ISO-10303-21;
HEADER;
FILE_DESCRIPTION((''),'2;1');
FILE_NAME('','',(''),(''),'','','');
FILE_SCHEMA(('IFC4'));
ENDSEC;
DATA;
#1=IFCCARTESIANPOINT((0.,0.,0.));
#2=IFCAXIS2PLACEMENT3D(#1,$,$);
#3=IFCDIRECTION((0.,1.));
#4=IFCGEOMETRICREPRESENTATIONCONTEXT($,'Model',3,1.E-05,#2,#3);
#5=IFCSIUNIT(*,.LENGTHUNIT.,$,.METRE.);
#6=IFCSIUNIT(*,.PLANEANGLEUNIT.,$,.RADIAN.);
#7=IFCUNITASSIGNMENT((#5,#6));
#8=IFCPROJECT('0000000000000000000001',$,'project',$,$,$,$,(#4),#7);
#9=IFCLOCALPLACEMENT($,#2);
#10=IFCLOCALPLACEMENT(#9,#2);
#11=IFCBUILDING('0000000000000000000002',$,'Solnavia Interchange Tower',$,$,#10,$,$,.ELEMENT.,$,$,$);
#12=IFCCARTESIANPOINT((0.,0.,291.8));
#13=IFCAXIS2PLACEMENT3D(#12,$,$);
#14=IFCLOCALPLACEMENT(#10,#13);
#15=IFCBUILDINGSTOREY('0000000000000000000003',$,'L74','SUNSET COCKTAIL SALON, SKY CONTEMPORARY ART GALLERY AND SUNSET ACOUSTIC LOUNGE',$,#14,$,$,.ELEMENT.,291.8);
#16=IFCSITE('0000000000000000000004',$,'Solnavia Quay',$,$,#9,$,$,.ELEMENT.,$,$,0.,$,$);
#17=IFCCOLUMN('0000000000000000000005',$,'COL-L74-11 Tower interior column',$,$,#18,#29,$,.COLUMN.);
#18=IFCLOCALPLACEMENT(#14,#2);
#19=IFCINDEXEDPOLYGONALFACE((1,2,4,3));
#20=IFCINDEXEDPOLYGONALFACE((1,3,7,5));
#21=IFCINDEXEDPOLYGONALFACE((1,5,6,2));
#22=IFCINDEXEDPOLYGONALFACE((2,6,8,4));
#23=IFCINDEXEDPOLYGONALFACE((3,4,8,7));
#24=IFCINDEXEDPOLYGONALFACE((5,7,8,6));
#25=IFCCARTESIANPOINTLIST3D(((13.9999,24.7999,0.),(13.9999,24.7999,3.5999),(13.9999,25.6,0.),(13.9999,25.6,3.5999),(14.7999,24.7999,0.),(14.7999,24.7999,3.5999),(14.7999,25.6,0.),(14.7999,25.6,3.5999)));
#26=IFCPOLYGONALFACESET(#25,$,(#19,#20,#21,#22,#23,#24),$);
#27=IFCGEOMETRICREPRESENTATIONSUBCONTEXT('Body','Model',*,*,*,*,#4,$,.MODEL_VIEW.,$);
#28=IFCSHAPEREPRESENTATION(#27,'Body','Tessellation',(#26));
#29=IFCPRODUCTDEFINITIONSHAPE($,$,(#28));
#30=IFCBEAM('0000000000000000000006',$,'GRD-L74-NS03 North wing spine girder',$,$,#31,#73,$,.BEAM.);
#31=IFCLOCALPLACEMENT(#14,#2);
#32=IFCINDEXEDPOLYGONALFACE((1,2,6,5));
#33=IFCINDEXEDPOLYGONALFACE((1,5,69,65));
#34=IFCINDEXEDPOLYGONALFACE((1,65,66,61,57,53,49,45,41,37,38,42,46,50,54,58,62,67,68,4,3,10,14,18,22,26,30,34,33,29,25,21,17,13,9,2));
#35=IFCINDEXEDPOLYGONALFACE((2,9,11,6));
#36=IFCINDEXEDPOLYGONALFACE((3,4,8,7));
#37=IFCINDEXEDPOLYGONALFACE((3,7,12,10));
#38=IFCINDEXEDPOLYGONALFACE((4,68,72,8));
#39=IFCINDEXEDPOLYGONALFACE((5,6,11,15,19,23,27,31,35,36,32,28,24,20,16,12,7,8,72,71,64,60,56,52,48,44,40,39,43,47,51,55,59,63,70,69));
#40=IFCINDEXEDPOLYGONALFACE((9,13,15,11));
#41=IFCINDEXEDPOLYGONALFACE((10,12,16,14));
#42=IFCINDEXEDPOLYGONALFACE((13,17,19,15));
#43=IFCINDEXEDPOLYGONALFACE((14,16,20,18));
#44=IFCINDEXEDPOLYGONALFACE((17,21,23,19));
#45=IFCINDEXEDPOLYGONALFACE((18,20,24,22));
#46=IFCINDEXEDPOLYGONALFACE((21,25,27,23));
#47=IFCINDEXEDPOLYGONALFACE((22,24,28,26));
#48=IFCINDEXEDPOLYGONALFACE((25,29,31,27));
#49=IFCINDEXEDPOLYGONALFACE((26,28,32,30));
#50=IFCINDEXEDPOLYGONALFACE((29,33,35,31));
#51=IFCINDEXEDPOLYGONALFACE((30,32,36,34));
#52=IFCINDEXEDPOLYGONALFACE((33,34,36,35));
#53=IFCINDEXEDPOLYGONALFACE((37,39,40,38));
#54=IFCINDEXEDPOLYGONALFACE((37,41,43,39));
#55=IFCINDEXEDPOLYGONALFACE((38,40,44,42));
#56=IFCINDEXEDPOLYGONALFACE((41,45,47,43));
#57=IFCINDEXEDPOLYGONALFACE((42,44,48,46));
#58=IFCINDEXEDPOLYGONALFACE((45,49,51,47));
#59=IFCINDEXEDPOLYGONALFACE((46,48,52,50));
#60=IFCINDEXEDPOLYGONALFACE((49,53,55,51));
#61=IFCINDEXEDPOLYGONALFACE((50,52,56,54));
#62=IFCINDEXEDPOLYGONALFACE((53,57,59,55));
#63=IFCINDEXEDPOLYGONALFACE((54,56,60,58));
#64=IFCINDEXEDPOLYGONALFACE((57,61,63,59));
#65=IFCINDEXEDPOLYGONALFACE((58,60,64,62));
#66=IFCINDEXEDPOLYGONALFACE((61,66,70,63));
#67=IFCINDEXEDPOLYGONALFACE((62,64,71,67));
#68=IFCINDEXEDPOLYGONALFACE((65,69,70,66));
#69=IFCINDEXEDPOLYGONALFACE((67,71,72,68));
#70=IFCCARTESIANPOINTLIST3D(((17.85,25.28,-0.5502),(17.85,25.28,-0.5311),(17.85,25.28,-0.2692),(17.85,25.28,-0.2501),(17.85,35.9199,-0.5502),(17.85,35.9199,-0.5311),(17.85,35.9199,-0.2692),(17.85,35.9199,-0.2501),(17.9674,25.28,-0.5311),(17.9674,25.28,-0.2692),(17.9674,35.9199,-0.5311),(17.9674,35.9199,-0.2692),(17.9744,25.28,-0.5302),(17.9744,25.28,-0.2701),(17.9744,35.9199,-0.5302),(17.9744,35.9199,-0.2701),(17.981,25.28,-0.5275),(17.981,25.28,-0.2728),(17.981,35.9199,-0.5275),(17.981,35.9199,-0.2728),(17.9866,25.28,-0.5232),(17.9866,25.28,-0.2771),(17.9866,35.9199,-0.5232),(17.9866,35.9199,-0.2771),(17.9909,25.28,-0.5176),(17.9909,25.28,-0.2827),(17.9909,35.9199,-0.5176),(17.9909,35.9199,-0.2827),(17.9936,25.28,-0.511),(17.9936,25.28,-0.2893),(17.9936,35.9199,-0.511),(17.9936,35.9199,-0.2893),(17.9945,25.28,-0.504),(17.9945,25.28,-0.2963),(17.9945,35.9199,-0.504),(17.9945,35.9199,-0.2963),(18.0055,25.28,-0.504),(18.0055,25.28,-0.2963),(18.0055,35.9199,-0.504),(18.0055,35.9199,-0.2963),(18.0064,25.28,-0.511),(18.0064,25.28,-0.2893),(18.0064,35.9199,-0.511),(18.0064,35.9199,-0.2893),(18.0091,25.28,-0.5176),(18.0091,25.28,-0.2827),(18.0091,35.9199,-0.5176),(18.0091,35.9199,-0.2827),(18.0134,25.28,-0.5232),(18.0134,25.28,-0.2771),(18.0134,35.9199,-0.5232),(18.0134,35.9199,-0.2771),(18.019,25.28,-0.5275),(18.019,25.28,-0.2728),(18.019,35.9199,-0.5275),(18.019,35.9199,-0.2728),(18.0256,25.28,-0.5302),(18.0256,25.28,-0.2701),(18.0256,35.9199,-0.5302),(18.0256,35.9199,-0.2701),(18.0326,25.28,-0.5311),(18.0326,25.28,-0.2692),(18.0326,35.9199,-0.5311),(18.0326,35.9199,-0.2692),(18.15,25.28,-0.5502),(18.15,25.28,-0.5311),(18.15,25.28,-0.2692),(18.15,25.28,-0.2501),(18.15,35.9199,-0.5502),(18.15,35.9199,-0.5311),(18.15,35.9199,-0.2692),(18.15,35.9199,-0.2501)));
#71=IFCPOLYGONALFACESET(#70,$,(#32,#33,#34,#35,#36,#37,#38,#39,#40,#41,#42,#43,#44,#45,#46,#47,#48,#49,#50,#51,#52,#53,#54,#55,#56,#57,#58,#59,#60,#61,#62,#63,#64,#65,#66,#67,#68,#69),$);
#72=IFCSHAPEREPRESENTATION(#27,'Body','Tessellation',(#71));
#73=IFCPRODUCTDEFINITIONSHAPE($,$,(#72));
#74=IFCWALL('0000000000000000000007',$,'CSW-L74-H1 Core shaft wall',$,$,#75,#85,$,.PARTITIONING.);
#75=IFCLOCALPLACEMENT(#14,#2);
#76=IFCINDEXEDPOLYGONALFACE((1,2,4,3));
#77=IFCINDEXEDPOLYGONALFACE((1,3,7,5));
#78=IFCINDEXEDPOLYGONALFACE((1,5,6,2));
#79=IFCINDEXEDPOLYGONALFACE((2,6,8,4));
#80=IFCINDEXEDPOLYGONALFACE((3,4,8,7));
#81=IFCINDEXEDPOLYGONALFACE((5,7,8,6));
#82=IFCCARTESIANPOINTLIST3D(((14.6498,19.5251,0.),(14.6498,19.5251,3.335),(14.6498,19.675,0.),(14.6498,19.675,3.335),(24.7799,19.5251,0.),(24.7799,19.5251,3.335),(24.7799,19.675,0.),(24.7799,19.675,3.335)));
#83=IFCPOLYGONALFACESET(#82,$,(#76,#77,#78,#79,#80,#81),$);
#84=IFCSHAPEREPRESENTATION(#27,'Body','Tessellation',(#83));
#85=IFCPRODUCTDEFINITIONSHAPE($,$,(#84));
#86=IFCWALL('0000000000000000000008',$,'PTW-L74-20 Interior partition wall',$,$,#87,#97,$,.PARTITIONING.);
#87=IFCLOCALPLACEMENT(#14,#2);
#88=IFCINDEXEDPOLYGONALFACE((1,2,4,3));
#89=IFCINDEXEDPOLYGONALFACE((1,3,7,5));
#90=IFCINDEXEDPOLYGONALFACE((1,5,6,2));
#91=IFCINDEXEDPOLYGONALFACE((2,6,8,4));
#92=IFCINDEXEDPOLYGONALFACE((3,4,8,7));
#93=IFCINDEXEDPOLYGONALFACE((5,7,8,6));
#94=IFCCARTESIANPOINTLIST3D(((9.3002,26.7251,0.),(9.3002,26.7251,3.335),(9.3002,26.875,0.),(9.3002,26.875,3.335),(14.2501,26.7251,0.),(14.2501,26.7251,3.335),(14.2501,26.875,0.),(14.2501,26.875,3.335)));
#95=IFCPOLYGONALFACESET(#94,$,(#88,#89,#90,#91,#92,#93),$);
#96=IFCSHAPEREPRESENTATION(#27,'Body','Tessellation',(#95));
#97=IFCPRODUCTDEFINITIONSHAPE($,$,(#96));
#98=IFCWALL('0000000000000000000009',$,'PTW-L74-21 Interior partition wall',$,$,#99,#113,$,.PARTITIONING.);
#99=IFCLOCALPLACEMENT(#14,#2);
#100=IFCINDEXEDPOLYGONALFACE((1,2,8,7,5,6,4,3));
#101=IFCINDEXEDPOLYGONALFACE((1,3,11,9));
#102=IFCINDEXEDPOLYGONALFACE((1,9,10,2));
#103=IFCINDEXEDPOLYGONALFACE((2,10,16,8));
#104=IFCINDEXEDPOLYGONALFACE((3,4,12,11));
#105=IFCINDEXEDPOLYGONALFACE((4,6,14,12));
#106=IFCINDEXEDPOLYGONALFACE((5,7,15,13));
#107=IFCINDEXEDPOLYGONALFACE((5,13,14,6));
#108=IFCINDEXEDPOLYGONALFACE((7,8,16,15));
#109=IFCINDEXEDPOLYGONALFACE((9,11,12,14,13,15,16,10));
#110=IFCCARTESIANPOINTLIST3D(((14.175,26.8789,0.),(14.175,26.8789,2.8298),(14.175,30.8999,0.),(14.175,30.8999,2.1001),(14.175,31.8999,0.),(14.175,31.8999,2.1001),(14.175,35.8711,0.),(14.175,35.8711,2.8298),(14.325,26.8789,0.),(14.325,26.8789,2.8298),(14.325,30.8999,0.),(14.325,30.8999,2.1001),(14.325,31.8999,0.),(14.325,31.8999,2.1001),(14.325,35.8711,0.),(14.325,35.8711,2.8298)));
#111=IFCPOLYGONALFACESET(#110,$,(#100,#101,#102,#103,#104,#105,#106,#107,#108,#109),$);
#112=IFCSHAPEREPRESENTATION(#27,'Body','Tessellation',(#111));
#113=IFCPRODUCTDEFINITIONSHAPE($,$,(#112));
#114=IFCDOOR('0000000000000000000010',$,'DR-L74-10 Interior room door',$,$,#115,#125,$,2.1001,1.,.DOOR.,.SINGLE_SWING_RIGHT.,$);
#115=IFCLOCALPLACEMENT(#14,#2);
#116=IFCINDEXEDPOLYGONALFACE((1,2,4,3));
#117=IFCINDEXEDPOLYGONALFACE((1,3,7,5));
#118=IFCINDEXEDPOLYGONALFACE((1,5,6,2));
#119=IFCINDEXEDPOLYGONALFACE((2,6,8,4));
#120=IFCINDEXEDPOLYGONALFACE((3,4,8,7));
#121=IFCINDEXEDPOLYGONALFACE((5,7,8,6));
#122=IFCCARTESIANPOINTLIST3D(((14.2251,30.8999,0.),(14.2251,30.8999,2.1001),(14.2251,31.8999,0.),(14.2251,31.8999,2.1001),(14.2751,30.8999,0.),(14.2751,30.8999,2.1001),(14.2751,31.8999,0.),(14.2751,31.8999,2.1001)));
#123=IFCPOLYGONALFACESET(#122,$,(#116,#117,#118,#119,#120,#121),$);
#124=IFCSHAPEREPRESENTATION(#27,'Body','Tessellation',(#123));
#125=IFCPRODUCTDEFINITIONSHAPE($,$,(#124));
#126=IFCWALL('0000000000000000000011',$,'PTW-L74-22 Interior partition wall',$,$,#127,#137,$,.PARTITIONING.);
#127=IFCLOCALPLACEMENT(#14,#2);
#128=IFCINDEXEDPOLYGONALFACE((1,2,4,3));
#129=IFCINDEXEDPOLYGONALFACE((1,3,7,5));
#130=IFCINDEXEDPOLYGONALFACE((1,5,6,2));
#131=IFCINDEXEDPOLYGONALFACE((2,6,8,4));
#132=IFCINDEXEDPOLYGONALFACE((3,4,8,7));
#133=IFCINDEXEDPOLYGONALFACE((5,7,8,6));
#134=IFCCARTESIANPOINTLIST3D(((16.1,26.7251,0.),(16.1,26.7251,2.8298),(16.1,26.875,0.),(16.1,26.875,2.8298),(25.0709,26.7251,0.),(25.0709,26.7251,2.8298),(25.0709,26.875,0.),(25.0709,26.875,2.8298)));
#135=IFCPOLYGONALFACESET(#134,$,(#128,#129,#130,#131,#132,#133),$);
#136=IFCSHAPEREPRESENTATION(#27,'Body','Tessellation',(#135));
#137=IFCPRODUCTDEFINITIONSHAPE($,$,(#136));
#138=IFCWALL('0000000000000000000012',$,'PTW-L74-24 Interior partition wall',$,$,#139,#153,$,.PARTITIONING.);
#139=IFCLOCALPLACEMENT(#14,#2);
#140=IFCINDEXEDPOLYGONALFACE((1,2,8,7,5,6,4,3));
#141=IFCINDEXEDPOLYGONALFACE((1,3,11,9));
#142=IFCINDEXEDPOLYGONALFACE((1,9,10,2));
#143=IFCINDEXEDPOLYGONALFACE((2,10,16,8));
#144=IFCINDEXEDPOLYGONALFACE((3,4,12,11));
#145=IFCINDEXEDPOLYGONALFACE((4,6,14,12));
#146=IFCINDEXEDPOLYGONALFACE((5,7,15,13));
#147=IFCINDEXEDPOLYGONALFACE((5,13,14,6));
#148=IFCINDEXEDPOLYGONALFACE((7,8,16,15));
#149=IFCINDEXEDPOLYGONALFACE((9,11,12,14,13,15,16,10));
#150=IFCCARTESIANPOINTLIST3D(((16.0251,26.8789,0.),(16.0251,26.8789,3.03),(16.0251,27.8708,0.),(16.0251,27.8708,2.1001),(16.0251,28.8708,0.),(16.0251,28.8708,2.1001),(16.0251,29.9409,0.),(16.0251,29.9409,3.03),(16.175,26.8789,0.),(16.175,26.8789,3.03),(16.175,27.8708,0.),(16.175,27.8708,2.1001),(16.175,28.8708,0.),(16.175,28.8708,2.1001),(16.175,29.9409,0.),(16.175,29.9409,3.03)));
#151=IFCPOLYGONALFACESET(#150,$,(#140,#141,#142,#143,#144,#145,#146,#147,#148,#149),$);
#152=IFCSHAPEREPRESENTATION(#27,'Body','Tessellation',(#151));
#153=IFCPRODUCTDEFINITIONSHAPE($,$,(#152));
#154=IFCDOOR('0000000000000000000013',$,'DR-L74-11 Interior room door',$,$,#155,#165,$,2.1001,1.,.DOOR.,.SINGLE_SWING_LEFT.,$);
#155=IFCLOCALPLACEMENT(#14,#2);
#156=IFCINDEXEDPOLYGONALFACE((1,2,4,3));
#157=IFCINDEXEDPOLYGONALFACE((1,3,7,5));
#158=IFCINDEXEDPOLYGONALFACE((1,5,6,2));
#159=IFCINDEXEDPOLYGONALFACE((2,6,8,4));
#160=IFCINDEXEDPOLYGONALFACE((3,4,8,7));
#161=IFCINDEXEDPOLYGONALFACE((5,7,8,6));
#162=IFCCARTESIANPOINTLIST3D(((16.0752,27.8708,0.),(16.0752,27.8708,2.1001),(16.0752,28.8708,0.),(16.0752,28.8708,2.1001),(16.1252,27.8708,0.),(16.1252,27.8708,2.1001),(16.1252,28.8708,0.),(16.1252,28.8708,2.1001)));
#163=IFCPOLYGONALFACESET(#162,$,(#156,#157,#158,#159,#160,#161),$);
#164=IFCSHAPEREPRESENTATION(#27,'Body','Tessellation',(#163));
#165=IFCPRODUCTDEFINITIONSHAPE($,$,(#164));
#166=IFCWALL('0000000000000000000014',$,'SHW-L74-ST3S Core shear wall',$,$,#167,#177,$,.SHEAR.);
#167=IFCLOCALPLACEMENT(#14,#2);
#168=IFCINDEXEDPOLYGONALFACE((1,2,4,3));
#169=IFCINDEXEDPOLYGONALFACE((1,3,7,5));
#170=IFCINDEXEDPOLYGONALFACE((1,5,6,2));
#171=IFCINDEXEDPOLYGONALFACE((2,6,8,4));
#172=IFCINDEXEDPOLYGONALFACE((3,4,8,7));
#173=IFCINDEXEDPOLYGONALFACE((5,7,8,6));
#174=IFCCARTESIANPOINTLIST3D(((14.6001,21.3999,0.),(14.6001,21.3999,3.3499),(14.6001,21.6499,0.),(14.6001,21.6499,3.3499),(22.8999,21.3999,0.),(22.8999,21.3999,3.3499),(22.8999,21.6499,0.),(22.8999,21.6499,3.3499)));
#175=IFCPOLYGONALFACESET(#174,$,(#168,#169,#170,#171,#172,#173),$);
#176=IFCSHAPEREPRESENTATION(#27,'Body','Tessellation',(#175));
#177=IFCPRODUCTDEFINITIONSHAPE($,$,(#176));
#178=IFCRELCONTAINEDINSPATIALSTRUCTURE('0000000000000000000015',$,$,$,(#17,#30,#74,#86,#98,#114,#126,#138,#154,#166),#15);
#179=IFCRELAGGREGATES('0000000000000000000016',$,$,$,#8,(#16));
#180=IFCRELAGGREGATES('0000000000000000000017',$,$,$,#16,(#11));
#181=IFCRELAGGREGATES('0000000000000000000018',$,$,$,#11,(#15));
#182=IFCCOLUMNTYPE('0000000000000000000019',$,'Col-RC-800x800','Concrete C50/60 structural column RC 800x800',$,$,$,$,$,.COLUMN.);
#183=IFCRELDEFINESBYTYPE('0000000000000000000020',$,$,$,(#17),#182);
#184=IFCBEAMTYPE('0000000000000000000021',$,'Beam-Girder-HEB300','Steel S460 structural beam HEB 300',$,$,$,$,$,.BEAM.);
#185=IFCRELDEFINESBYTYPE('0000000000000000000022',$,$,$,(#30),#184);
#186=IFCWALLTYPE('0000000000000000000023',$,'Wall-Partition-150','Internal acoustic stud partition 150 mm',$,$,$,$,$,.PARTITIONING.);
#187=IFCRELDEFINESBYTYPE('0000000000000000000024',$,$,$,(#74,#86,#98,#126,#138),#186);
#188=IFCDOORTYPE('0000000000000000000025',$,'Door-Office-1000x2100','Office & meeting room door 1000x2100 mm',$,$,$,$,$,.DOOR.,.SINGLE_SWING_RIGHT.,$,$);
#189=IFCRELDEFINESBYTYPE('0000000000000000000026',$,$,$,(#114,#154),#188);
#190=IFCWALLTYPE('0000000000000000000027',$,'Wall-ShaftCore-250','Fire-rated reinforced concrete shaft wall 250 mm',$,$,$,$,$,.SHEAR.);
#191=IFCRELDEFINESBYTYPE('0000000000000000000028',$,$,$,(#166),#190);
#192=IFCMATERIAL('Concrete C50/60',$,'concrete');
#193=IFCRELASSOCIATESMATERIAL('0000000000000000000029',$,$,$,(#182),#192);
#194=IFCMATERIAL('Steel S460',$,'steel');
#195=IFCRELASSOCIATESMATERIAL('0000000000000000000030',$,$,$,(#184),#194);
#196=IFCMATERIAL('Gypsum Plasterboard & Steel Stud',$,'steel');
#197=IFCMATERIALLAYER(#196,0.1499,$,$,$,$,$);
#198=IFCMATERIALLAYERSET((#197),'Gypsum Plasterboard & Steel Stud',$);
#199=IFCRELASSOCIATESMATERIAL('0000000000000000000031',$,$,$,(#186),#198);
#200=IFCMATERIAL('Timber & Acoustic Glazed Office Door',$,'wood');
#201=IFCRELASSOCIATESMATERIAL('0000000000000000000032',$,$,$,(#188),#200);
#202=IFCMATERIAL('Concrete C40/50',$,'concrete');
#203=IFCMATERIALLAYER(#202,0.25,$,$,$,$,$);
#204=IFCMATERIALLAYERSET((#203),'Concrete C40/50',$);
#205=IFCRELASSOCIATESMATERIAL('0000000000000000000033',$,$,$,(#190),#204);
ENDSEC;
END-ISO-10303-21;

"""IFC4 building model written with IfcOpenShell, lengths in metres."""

from ifc_helpers import new_model, si_unit, direction, frame, frame_2d, origin, origin_2d, place, context, subcontext, project, spatial, rectangle, i_section, extrude, material, layer, layer_set, material_profile, profile_set, type_object, element, fill, save


model = new_model("IFC4")

# Units and contexts
model_context = context("Model", 3, precision=1e-05, world=origin(), true_north=direction((0.0, 1.0)))
body_context = subcontext(model_context, "Body", "Model", "MODEL_VIEW")
ifc_project = project(units=[si_unit("LENGTHUNIT", "METRE"), si_unit("PLANEANGLEUNIT", "RADIAN")], contexts=[model_context])

# Site, building, storey
site_placement = place(None, origin())
site = spatial("IfcSite", under=ifc_project, at=site_placement, Name="Solnavia Quay", CompositionType="ELEMENT", RefElevation=0.0)
building_placement = place(site_placement, origin())
building = spatial("IfcBuilding", under=site, at=building_placement, Name="Solnavia Interchange Tower", CompositionType="ELEMENT")
storey_placement = place(building_placement, frame((0.0, 0.0, 291.8)))
storey = spatial("IfcBuildingStorey", under=building, at=storey_placement, Name="L74", Description="SUNSET COCKTAIL SALON, SKY CONTEMPORARY ART GALLERY AND SUNSET ACOUSTIC LOUNGE", CompositionType="ELEMENT", Elevation=291.8)

# Column
ifc_material_1 = material(Name="Concrete C50/60", Category="concrete")
ifc_material_profile_1 = material_profile(ifc_material_1, rectangle(XDim=0.8, YDim=0.8, at=origin_2d()), Name="RC 800x800")
ifc_profile_set_1 = profile_set([ifc_material_profile_1], Name="Concrete C50/60")
column_type = type_object("IfcColumnType", Name="Col-RC-800x800", Description="Concrete C50/60 structural column RC 800x800", PredefinedType="COLUMN", material=ifc_profile_set_1)
column_placement = place(storey_placement, frame((14.3999, 25.2, 0.0), z_axis=(0.0, 0.0, 1.0), x_axis=(1.0, 0.0, 0.0)))
element("IfcColumn", 1, at=column_placement, inside=storey, type_object=column_type, Name="COL-L74-11 Tower interior column", PredefinedType="COLUMN", context=body_context, shape_type="SweptSolid", body=[
    extrude(rectangle(XDim=0.8, YDim=0.8, at=origin_2d()), origin(), (0.0, 0.0, 1.0), 3.5999),
])

# Beam
ifc_material_2 = material(Name="Steel S460", Category="steel")
ifc_material_profile_2 = material_profile(ifc_material_2, i_section(OverallWidth=0.3, OverallDepth=0.3, WebThickness=0.011, FlangeThickness=0.019, FilletRadius=0.0271, at=origin_2d()), Name="HEB 300")
ifc_profile_set_2 = profile_set([ifc_material_profile_2], Name="Steel S460")
beam_type = type_object("IfcBeamType", Name="Beam-Girder-HEB300", Description="Steel S460 structural beam HEB 300", PredefinedType="BEAM", material=ifc_profile_set_2)
beam_placement = place(storey_placement, frame((18.0, 25.28, -0.4001), z_axis=(0.0, 1.0, 0.0), x_axis=(-1.0, 0.0, 0.0)))
element("IfcBeam", 2, at=beam_placement, inside=storey, type_object=beam_type, Name="GRD-L74-NS03 North wing spine girder", PredefinedType="BEAM", context=body_context, shape_type="SweptSolid", body=[
    extrude(i_section(OverallWidth=0.3, OverallDepth=0.3, WebThickness=0.011, FlangeThickness=0.019, FilletRadius=0.0271, at=origin_2d()), origin(), (0.0, 0.0, 1.0), 10.6399),
])

# Walls
ifc_material_3 = material(Name="Gypsum Plasterboard & Steel Stud", Category="steel")
ifc_layer_1 = layer(ifc_material_3, 0.1499)
ifc_layer_set_1 = layer_set([ifc_layer_1], Name="Gypsum Plasterboard & Steel Stud")
wall_type_1 = type_object("IfcWallType", Name="Wall-Partition-150", Description="Internal acoustic stud partition 150 mm", PredefinedType="PARTITIONING", material=ifc_layer_set_1)
wall_1_placement = place(storey_placement, frame((14.6499, 19.6001, 0.0), z_axis=(0.0, 0.0, 1.0), x_axis=(1.0, 0.0, 0.0)))
element("IfcWall", 3, at=wall_1_placement, inside=storey, type_object=wall_type_1, Name="CSW-L74-H1 Core shaft wall", PredefinedType="PARTITIONING", context=body_context, shape_type="SweptSolid", body=[
    extrude(rectangle(XDim=10.1301, YDim=0.1499, at=frame_2d((5.0649, 0.0))), origin(), (0.0, 0.0, 1.0), 3.335),
])
wall_2_placement = place(storey_placement, frame((9.3, 26.8, 0.0), z_axis=(0.0, 0.0, 1.0), x_axis=(1.0, 0.0, 0.0)))
element("IfcWall", 4, at=wall_2_placement, inside=storey, type_object=wall_type_1, Name="PTW-L74-20 Interior partition wall", PredefinedType="PARTITIONING", context=body_context, shape_type="SweptSolid", body=[
    extrude(rectangle(XDim=4.95, YDim=0.1499, at=frame_2d((2.4751, 0.0))), origin(), (0.0, 0.0, 1.0), 3.335),
])

# Wall, opening, door
wall_3_placement = place(storey_placement, frame((14.25, 26.8789, 0.0), z_axis=(0.0, 0.0, 1.0), x_axis=(0.0, 1.0, 0.0)))
wall_3 = element("IfcWall", 5, at=wall_3_placement, inside=storey, type_object=wall_type_1, Name="PTW-L74-21 Interior partition wall", PredefinedType="PARTITIONING", context=body_context, shape_type="SweptSolid", body=[
    extrude(rectangle(XDim=8.9922, YDim=0.1499, at=frame_2d((4.4961, 0.0))), origin(), (0.0, 0.0, 1.0), 2.8298),
])
opening_1_placement = place(wall_3_placement, frame((4.021, 0.0, 0.0)))
opening_1 = element("IfcOpeningElement", 6, at=opening_1_placement, cuts=wall_3, PredefinedType="OPENING", context=body_context, shape_type="SweptSolid", body=[
    extrude(rectangle(XDim=1.0, YDim=2.1001, at=frame_2d((0.5, 1.05))), frame((0.0, 0.085, 0.0), z_axis=(0.0, -1.0, 0.0), x_axis=(1.0, 0.0, 0.0)), (0.0, 0.0, 1.0), 0.1699),
])
ifc_material_4 = material(Name="Timber & Acoustic Glazed Office Door", Category="wood")
door_type = type_object("IfcDoorType", Name="Door-Office-1000x2100", Description="Office & meeting room door 1000x2100 mm", OperationType="SINGLE_SWING_RIGHT", PredefinedType="DOOR", material=ifc_material_4)
door_1_placement = place(opening_1_placement, origin())
door_1 = element("IfcDoor", 7, at=door_1_placement, inside=storey, type_object=door_type, Name="DR-L74-10 Interior room door", OperationType="SINGLE_SWING_RIGHT", OverallHeight=2.1001, OverallWidth=1.0, PredefinedType="DOOR", context=body_context, shape_type="SweptSolid", body=[
    extrude(rectangle(XDim=1.0, YDim=2.1001, at=frame_2d((0.5, 1.05))), frame((0.0, 0.0249, 0.0), z_axis=(0.0, -1.0, 0.0), x_axis=(1.0, 0.0, 0.0)), (0.0, 0.0, 1.0), 0.05),
])
fill(opening_1, door_1)

# Wall
wall_4_placement = place(storey_placement, frame((16.1001, 26.8, 0.0), z_axis=(0.0, 0.0, 1.0), x_axis=(1.0, 0.0, 0.0)))
element("IfcWall", 8, at=wall_4_placement, inside=storey, type_object=wall_type_1, Name="PTW-L74-22 Interior partition wall", PredefinedType="PARTITIONING", context=body_context, shape_type="SweptSolid", body=[
    extrude(rectangle(XDim=8.9709, YDim=0.1499, at=frame_2d((4.4854, 0.0))), origin(), (0.0, 0.0, 1.0), 2.8298),
])

# Wall, opening, door
wall_5_placement = place(storey_placement, frame((16.1001, 26.8789, 0.0), z_axis=(0.0, 0.0, 1.0), x_axis=(0.0, 1.0, 0.0)))
wall_5 = element("IfcWall", 9, at=wall_5_placement, inside=storey, type_object=wall_type_1, Name="PTW-L74-24 Interior partition wall", PredefinedType="PARTITIONING", context=body_context, shape_type="SweptSolid", body=[
    extrude(rectangle(XDim=3.062, YDim=0.1499, at=frame_2d((1.531, 0.0))), origin(), (0.0, 0.0, 1.0), 3.03),
])
opening_2_placement = place(wall_5_placement, frame((0.9919, 0.0, 0.0)))
opening_2 = element("IfcOpeningElement", 10, at=opening_2_placement, cuts=wall_5, PredefinedType="OPENING", context=body_context, shape_type="SweptSolid", body=[
    extrude(rectangle(XDim=1.0, YDim=2.1001, at=frame_2d((0.5, 1.05))), frame((0.0, 0.085, 0.0), z_axis=(0.0, -1.0, 0.0), x_axis=(1.0, 0.0, 0.0)), (0.0, 0.0, 1.0), 0.1699),
])
door_2_placement = place(opening_2_placement, origin())
door_2 = element("IfcDoor", 11, at=door_2_placement, inside=storey, type_object=door_type, Name="DR-L74-11 Interior room door", OperationType="SINGLE_SWING_LEFT", OverallHeight=2.1001, OverallWidth=1.0, PredefinedType="DOOR", context=body_context, shape_type="SweptSolid", body=[
    extrude(rectangle(XDim=1.0, YDim=2.1001, at=frame_2d((0.5, 1.05))), frame((0.0, 0.0249, 0.0), z_axis=(0.0, -1.0, 0.0), x_axis=(1.0, 0.0, 0.0)), (0.0, 0.0, 1.0), 0.05),
])
fill(opening_2, door_2)

# Wall
ifc_material_5 = material(Name="Concrete C40/50", Category="concrete")
ifc_layer_2 = layer(ifc_material_5, 0.25)
ifc_layer_set_2 = layer_set([ifc_layer_2], Name="Concrete C40/50")
wall_type_2 = type_object("IfcWallType", Name="Wall-ShaftCore-250", Description="Fire-rated reinforced concrete shaft wall 250 mm", PredefinedType="SHEAR", material=ifc_layer_set_2)
for number, where, z_axis, x_axis, name in (
    (12, (14.6001, 21.5249, 0.0), (0.0, 0.0, 1.0), (1.0, 0.0, 0.0), "SHW-L74-ST3S Core shear wall"),
):
    element("IfcWall", number, at=place(storey_placement, frame(where, z_axis=z_axis, x_axis=x_axis)), inside=storey, type_object=wall_type_2, Name=name, PredefinedType="SHEAR", context=body_context, shape_type="SweptSolid", body=[
        extrude(rectangle(XDim=8.2998, YDim=0.25, at=frame_2d((4.1499, 0.0))), origin(), (0.0, 0.0, 1.0), 3.3499),
    ])

save(model, "model.ifc")
